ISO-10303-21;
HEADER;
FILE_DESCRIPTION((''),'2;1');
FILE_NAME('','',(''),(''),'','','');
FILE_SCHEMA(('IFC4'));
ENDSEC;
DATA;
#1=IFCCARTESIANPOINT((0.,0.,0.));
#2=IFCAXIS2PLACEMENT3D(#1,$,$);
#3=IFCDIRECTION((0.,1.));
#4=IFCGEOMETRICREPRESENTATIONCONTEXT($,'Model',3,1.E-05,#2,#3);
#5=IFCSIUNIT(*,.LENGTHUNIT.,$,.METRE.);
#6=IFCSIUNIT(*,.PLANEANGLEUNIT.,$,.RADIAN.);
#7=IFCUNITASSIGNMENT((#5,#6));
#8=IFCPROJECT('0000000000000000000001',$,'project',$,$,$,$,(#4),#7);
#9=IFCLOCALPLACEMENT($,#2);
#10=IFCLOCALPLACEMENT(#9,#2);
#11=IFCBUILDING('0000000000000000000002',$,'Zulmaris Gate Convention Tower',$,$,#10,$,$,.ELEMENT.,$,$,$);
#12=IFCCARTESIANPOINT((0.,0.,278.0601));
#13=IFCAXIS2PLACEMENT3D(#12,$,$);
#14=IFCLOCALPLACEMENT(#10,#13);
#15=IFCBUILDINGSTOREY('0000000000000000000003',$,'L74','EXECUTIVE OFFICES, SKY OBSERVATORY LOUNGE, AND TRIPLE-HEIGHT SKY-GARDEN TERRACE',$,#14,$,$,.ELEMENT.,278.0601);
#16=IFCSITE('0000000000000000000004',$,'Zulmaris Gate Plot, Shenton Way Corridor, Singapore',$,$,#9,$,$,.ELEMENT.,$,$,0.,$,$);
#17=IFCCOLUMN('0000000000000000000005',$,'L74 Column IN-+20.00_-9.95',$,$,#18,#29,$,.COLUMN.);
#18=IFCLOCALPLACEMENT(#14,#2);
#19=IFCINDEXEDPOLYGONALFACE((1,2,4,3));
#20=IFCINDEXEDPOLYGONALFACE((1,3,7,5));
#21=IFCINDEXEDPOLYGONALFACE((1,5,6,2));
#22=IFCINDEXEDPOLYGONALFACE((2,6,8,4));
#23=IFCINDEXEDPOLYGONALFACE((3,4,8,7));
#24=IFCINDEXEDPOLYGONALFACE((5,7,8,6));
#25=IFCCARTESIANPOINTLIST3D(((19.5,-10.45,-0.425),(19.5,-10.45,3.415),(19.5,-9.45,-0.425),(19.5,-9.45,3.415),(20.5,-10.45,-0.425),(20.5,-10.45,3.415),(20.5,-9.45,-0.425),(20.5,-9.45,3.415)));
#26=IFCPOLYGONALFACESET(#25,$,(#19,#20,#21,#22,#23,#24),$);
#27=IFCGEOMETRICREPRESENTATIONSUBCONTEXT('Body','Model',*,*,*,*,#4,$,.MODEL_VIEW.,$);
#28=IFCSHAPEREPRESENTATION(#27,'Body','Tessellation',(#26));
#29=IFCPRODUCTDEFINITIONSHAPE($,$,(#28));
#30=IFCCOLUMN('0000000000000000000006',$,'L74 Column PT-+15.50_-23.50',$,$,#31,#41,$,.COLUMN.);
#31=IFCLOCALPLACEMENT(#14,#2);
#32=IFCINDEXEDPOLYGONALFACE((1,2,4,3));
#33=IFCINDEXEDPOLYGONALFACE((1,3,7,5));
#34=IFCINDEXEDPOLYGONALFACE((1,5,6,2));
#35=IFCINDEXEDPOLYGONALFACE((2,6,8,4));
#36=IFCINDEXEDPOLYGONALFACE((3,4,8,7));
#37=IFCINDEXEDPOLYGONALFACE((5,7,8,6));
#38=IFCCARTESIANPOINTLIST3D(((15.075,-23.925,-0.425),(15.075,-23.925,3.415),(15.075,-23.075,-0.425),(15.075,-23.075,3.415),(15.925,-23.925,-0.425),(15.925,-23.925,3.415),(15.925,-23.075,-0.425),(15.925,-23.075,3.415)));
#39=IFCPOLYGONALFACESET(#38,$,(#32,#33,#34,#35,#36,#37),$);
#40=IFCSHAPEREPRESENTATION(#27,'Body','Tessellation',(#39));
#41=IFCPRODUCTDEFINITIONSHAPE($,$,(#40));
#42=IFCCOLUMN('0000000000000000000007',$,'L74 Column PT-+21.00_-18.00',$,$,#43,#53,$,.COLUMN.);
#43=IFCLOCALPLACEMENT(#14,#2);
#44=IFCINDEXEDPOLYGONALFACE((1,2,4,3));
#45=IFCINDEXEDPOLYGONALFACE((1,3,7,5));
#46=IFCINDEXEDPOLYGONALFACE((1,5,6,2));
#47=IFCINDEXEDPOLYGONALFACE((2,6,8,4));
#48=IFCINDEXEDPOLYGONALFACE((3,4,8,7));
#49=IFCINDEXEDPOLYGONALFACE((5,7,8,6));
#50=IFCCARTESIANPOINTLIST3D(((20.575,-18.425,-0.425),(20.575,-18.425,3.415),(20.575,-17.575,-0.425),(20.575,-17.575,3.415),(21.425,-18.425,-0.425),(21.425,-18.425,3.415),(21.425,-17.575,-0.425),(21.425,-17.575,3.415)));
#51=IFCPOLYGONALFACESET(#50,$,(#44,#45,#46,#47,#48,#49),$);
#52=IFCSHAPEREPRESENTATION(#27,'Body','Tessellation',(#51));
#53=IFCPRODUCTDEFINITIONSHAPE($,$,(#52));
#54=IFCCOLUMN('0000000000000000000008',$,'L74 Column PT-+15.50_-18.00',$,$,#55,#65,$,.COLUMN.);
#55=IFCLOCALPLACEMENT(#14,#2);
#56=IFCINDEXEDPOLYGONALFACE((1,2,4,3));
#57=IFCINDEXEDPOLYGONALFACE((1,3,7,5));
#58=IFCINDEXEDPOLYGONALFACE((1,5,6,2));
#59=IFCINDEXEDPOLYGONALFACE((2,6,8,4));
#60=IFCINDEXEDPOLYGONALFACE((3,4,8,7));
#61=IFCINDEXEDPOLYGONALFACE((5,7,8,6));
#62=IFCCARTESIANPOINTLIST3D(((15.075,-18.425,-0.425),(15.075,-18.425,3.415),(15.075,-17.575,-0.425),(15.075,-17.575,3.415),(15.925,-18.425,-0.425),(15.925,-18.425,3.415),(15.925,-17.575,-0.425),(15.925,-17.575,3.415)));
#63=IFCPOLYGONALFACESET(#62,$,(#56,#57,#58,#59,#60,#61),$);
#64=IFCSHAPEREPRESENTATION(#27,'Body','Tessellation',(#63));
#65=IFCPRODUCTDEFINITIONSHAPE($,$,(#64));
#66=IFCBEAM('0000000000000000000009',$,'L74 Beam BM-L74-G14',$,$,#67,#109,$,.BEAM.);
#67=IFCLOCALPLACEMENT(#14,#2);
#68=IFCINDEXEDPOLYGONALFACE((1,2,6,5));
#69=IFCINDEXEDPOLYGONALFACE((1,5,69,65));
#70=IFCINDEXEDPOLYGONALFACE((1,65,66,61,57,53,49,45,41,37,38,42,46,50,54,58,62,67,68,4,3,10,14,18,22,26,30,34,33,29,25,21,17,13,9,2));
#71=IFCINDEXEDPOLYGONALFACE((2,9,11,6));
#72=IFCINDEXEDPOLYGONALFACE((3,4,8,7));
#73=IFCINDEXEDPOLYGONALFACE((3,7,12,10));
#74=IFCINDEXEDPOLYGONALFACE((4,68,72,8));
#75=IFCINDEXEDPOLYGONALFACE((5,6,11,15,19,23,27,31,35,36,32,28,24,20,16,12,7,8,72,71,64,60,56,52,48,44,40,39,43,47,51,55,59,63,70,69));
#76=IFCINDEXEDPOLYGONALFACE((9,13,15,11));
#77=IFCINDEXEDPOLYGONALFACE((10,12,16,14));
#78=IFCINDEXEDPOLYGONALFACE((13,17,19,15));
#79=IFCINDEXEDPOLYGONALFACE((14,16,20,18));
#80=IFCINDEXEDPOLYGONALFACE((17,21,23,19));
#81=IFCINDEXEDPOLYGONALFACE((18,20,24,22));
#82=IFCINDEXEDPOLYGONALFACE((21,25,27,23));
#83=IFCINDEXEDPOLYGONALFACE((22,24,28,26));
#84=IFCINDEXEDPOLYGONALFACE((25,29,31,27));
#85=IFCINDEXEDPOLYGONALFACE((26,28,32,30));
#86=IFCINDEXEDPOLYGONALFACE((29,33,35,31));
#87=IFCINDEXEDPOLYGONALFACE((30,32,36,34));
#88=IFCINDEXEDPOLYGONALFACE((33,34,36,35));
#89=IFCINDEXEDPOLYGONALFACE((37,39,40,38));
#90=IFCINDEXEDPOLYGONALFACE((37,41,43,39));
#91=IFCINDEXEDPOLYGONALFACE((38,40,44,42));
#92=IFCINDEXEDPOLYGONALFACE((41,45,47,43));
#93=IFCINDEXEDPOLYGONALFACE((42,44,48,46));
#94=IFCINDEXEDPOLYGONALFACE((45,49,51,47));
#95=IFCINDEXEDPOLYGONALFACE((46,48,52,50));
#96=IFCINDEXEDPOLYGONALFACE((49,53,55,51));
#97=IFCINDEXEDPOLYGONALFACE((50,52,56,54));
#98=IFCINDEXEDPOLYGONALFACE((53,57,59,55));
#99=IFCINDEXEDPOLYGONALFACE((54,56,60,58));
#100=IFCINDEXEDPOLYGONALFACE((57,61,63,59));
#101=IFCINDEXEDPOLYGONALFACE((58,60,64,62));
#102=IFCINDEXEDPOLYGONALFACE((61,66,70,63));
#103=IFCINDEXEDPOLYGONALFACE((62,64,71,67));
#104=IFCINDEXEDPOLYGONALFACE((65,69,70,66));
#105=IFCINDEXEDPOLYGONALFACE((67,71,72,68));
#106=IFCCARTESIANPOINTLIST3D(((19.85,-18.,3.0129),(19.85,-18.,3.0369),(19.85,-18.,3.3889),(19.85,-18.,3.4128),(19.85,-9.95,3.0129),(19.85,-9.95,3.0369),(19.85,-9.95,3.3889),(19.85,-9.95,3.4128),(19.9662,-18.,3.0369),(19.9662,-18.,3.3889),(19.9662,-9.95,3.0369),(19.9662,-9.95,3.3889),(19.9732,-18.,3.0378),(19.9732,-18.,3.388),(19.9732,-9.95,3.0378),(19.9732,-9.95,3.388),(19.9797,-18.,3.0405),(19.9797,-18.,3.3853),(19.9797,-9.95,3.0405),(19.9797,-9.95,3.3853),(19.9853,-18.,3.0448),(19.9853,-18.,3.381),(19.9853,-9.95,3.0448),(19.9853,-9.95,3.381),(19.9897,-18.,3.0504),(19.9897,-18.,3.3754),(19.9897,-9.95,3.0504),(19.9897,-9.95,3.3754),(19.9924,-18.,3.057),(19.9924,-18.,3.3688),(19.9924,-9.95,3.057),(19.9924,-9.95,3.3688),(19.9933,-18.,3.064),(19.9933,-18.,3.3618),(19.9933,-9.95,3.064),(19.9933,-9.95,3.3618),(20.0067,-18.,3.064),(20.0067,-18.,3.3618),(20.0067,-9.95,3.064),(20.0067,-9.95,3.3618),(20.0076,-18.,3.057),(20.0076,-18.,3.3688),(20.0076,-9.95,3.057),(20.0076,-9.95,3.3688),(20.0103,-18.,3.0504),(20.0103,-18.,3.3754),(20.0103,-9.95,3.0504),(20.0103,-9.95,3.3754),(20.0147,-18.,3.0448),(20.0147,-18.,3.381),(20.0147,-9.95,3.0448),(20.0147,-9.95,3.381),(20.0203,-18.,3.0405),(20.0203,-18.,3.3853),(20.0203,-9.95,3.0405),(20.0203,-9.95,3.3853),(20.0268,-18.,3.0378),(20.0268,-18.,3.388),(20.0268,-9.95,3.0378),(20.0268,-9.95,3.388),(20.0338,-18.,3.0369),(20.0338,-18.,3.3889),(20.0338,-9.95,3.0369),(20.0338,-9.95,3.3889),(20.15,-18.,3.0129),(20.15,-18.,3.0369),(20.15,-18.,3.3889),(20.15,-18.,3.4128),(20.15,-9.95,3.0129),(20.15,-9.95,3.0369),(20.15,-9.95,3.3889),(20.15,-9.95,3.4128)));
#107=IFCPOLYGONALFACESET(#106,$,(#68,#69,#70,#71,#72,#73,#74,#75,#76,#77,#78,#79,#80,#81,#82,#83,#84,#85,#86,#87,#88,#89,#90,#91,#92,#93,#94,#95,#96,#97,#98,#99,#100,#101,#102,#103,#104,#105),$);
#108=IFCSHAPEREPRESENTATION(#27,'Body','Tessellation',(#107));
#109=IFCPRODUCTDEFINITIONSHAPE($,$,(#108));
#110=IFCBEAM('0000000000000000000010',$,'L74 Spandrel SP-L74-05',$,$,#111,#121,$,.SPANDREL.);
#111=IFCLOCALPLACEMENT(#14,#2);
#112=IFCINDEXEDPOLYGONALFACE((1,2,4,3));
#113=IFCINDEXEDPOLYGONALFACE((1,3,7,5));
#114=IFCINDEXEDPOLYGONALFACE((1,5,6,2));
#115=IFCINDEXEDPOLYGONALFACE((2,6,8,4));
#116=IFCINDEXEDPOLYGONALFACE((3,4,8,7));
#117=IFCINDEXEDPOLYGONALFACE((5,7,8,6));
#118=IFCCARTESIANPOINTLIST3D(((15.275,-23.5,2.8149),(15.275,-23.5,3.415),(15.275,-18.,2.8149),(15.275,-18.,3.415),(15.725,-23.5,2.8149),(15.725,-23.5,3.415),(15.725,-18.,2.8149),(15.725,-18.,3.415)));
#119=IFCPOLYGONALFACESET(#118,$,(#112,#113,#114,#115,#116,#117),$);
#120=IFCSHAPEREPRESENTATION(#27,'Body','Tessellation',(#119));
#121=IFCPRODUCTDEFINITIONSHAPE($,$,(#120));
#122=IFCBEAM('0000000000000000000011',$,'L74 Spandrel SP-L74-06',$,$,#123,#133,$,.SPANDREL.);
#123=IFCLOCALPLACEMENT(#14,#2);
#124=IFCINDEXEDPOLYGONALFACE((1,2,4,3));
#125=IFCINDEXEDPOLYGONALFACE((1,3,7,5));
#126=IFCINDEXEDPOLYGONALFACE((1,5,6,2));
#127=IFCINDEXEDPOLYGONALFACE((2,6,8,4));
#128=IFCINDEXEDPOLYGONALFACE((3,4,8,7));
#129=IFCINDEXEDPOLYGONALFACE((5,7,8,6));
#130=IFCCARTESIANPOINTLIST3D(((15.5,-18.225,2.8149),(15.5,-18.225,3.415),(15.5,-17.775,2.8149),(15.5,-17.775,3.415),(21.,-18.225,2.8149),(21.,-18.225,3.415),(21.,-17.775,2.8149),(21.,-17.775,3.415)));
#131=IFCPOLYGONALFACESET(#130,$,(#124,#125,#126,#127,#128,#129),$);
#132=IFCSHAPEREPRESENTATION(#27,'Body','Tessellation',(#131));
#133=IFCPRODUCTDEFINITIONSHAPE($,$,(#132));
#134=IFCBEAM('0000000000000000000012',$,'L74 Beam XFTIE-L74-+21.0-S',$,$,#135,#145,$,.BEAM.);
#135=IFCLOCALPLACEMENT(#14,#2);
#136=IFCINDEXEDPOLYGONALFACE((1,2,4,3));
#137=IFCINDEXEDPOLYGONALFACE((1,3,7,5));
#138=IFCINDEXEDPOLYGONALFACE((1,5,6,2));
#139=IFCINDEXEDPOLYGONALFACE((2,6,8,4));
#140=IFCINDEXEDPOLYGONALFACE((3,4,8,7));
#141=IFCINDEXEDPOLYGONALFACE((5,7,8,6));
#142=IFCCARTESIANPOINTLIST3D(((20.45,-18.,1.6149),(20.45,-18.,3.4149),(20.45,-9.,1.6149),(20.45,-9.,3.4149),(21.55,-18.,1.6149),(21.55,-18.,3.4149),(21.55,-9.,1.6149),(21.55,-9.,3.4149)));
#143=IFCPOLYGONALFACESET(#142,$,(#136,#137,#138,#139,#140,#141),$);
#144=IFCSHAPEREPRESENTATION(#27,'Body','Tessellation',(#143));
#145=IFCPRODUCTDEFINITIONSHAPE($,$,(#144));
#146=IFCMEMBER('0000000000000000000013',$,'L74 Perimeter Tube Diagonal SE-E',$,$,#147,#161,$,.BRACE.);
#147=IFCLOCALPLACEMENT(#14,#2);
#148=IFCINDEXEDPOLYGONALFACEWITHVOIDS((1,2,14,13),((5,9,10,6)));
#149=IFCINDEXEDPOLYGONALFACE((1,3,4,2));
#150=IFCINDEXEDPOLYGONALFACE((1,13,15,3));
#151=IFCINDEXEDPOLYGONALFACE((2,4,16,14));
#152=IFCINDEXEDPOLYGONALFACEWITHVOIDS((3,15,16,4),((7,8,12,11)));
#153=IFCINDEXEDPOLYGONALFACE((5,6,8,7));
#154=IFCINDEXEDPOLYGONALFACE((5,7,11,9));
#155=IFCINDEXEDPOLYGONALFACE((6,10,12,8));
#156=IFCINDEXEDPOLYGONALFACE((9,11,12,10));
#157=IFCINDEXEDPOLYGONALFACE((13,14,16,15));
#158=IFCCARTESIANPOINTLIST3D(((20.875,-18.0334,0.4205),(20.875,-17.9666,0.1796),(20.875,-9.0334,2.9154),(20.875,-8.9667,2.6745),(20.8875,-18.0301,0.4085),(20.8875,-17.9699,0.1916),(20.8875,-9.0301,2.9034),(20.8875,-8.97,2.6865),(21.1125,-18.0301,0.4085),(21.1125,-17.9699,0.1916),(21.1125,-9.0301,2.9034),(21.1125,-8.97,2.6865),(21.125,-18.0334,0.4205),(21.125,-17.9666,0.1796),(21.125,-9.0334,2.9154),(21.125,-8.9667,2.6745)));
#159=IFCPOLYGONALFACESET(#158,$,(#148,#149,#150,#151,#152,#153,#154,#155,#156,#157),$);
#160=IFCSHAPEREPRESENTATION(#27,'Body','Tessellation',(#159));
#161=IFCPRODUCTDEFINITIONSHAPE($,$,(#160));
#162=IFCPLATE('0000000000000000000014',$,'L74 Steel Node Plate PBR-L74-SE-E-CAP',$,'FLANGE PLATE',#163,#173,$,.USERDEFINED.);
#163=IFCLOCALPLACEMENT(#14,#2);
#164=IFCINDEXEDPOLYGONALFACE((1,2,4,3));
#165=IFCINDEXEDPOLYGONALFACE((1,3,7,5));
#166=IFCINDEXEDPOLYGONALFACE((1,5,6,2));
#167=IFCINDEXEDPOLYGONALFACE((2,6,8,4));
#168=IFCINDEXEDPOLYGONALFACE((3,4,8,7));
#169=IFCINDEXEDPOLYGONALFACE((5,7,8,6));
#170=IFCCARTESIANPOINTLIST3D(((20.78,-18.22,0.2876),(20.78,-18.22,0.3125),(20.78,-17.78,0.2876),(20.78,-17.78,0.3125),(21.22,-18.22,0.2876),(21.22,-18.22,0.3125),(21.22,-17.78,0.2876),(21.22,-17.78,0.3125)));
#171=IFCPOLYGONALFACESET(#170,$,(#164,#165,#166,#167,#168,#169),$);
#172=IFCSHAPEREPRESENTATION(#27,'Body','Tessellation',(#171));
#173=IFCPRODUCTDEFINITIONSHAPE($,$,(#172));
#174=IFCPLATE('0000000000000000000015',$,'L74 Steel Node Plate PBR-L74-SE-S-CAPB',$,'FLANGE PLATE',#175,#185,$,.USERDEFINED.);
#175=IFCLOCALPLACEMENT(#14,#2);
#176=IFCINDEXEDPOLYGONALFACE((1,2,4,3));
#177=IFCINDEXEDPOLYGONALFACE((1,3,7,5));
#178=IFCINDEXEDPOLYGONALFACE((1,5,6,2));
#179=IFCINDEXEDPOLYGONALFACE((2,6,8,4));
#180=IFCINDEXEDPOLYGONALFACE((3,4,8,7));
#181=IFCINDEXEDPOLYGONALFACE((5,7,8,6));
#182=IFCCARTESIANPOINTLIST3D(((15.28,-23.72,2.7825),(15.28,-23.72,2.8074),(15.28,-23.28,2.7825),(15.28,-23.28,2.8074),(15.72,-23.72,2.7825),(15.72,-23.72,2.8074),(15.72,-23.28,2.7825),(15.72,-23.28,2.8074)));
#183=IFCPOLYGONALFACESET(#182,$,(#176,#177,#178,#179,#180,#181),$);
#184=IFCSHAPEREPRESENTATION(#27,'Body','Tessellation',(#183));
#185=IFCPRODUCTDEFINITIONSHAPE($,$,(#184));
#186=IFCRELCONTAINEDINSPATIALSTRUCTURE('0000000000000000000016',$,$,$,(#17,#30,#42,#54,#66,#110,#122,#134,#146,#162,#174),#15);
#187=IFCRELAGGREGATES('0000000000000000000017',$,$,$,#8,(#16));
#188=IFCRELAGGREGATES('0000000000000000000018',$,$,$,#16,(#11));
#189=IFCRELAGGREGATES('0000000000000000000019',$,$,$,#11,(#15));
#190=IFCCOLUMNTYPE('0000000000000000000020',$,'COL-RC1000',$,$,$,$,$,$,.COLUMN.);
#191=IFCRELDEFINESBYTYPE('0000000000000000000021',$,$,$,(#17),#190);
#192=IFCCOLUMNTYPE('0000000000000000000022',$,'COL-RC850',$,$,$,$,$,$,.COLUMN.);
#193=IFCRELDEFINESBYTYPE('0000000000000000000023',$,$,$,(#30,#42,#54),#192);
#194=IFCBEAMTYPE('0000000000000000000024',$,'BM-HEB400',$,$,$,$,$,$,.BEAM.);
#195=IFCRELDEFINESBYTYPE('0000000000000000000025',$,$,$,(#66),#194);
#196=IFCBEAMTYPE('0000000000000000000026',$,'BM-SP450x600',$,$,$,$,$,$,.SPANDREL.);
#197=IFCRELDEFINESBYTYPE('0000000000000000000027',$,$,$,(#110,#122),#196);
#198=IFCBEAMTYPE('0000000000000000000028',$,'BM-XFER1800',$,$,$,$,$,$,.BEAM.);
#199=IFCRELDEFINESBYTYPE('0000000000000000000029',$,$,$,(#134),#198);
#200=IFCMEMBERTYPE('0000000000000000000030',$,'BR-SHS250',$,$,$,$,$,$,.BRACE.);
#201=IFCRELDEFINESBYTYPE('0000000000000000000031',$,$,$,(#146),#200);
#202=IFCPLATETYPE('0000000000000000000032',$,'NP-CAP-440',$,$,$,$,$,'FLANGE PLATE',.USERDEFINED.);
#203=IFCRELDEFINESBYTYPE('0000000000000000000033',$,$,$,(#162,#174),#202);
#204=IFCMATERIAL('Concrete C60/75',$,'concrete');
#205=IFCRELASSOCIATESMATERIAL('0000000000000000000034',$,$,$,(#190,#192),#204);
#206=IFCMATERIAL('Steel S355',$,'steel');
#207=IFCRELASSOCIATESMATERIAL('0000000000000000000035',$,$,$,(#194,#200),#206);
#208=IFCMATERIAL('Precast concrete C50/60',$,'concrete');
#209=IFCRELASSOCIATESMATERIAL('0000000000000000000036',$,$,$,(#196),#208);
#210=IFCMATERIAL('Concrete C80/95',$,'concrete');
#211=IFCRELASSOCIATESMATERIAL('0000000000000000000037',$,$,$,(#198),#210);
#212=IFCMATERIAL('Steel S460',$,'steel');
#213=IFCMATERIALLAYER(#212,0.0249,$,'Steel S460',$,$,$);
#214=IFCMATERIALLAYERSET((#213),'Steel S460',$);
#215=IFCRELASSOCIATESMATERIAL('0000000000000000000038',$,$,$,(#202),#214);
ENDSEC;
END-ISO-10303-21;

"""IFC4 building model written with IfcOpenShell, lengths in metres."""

from ifc_helpers import new_model, si_unit, direction, frame, origin, origin_2d, place, context, subcontext, project, spatial, rectangle, hollow_rectangle, i_section, extrude, material, layer, layer_set, material_profile, profile_set, type_object, element, save


model = new_model("IFC4")

# Units and contexts
model_context = context("Model", 3, precision=1e-05, world=origin(), true_north=direction((0.0, 1.0)))
body_context = subcontext(model_context, "Body", "Model", "MODEL_VIEW")
ifc_project = project(units=[si_unit("LENGTHUNIT", "METRE"), si_unit("PLANEANGLEUNIT", "RADIAN")], contexts=[model_context])

# Site, building, storey
site_placement = place(None, origin())
site = spatial("IfcSite", under=ifc_project, at=site_placement, Name="Zulmaris Gate Plot, Shenton Way Corridor, Singapore", CompositionType="ELEMENT", RefElevation=0.0)
building_placement = place(site_placement, origin())
building = spatial("IfcBuilding", under=site, at=building_placement, Name="Zulmaris Gate Convention Tower", CompositionType="ELEMENT")
storey_placement = place(building_placement, frame((0.0, 0.0, 278.0601)))
storey = spatial("IfcBuildingStorey", under=building, at=storey_placement, Name="L74", Description="EXECUTIVE OFFICES, SKY OBSERVATORY LOUNGE, AND TRIPLE-HEIGHT SKY-GARDEN TERRACE", CompositionType="ELEMENT", Elevation=278.0601)

# Columns
ifc_material_1 = material(Name="Concrete C60/75", Category="concrete")
ifc_material_profile_1 = material_profile(ifc_material_1, rectangle(XDim=1.0, YDim=1.0, at=origin_2d()), Name="RC COL 1000x1000")
ifc_profile_set_1 = profile_set([ifc_material_profile_1], Name="Concrete C60/75")
column_type_1 = type_object("IfcColumnType", Name="COL-RC1000", PredefinedType="COLUMN", material=ifc_profile_set_1)
column_placement = place(storey_placement, frame((20.0, -9.95, -0.425), z_axis=(0.0, 0.0, 1.0), x_axis=(1.0, 0.0, 0.0)))
element("IfcColumn", 1, at=column_placement, inside=storey, type_object=column_type_1, Name="L74 Column IN-+20.00_-9.95", PredefinedType="COLUMN", context=body_context, shape_type="SweptSolid", body=[
    extrude(rectangle(XDim=1.0, YDim=1.0, at=origin_2d()), origin(), (0.0, 0.0, 1.0), 3.8401),
])
ifc_material_profile_2 = material_profile(ifc_material_1, rectangle(XDim=0.8501, YDim=0.8501, at=origin_2d()), Name="RC COL 850x850")
ifc_profile_set_2 = profile_set([ifc_material_profile_2], Name="Concrete C60/75")
column_type_2 = type_object("IfcColumnType", Name="COL-RC850", PredefinedType="COLUMN", material=ifc_profile_set_2)
for number, where, z_axis, x_axis, name in (
    (2, (15.5, -23.5, -0.425), (0.0, 0.0, 1.0), (1.0, 0.0, 0.0), "L74 Column PT-+15.50_-23.50"),
    (3, (21.0, -18.0, -0.425), (0.0, 0.0, 1.0), (1.0, 0.0, 0.0), "L74 Column PT-+21.00_-18.00"),
    (4, (15.5, -18.0, -0.425), (0.0, 0.0, 1.0), (1.0, 0.0, 0.0), "L74 Column PT-+15.50_-18.00"),
):
    element("IfcColumn", number, at=place(storey_placement, frame(where, z_axis=z_axis, x_axis=x_axis)), inside=storey, type_object=column_type_2, Name=name, PredefinedType="COLUMN", context=body_context, shape_type="SweptSolid", body=[
        extrude(rectangle(XDim=0.8501, YDim=0.8501, at=origin_2d()), origin(), (0.0, 0.0, 1.0), 3.8401),
    ])

# Beams
ifc_material_2 = material(Name="Steel S355", Category="steel")
ifc_material_profile_3 = material_profile(ifc_material_2, i_section(OverallWidth=0.3, OverallDepth=0.3999, WebThickness=0.0134, FlangeThickness=0.0239, FilletRadius=0.0271, at=origin_2d()), Name="HEB 400")
ifc_profile_set_3 = profile_set([ifc_material_profile_3], Name="Steel S355")
beam_type_1 = type_object("IfcBeamType", Name="BM-HEB400", PredefinedType="BEAM", material=ifc_profile_set_3)
beam_1_placement = place(storey_placement, frame((20.0, -18.0, 3.2129), z_axis=(0.0, 1.0, 0.0), x_axis=(-1.0, 0.0, 0.0)))
element("IfcBeam", 5, at=beam_1_placement, inside=storey, type_object=beam_type_1, Name="L74 Beam BM-L74-G14", PredefinedType="BEAM", context=body_context, shape_type="SweptSolid", body=[
    extrude(i_section(OverallWidth=0.3, OverallDepth=0.3999, WebThickness=0.0134, FlangeThickness=0.0239, FilletRadius=0.0271, at=origin_2d()), origin(), (0.0, 0.0, 1.0), 8.05),
])
ifc_material_3 = material(Name="Precast concrete C50/60", Category="concrete")
ifc_material_profile_4 = material_profile(ifc_material_3, rectangle(XDim=0.45, YDim=0.6001, at=origin_2d()), Name="RC SPANDREL 450x600")
ifc_profile_set_4 = profile_set([ifc_material_profile_4], Name="Precast concrete C50/60")
beam_type_2 = type_object("IfcBeamType", Name="BM-SP450x600", PredefinedType="SPANDREL", material=ifc_profile_set_4)
for number, where, z_axis, x_axis, name in (
    (6, (15.5, -23.5, 3.115), (0.0, 1.0, 0.0), (-1.0, 0.0, 0.0), "L74 Spandrel SP-L74-05"),
    (7, (15.5, -18.0, 3.115), (1.0, 0.0, 0.0), (0.0, 1.0, 0.0), "L74 Spandrel SP-L74-06"),
):
    element("IfcBeam", number, at=place(storey_placement, frame(where, z_axis=z_axis, x_axis=x_axis)), inside=storey, type_object=beam_type_2, Name=name, PredefinedType="SPANDREL", context=body_context, shape_type="SweptSolid", body=[
        extrude(rectangle(XDim=0.45, YDim=0.6001, at=origin_2d()), origin(), (0.0, 0.0, 1.0), 5.5),
    ])
ifc_material_4 = material(Name="Concrete C80/95", Category="concrete")
ifc_material_profile_5 = material_profile(ifc_material_4, rectangle(XDim=1.1001, YDim=1.8, at=origin_2d()), Name="RC TRANSFER 1100x1800")
ifc_profile_set_5 = profile_set([ifc_material_profile_5], Name="Concrete C80/95")
beam_type_3 = type_object("IfcBeamType", Name="BM-XFER1800", PredefinedType="BEAM", material=ifc_profile_set_5)
beam_2_placement = place(storey_placement, frame((21.0, -18.0, 2.5149), z_axis=(0.0, 1.0, 0.0), x_axis=(-1.0, 0.0, 0.0)))
element("IfcBeam", 8, at=beam_2_placement, inside=storey, type_object=beam_type_3, Name="L74 Beam XFTIE-L74-+21.0-S", PredefinedType="BEAM", context=body_context, shape_type="SweptSolid", body=[
    extrude(rectangle(XDim=1.1001, YDim=1.8, at=origin_2d()), origin(), (0.0, 0.0, 1.0), 9.0),
])

# Member
ifc_material_profile_6 = material_profile(ifc_material_2, hollow_rectangle(XDim=0.25, YDim=0.25, WallThickness=0.0125, at=origin_2d()), Name="SHS 250x250x12.5")
ifc_profile_set_6 = profile_set([ifc_material_profile_6], Name="Steel S355")
member_type = type_object("IfcMemberType", Name="BR-SHS250", PredefinedType="BRACE", material=ifc_profile_set_6)
member_placement = place(storey_placement, frame((21.0, -18.0, 0.3), z_axis=(0.0, 0.963659, 0.267134), x_axis=(-1.0, 0.0, 0.0)))
element("IfcMember", 9, at=member_placement, inside=storey, type_object=member_type, Name="L74 Perimeter Tube Diagonal SE-E", PredefinedType="BRACE", context=body_context, shape_type="SweptSolid", body=[
    extrude(hollow_rectangle(XDim=0.25, YDim=0.25, WallThickness=0.0125, at=origin_2d()), origin(), (0.0, 0.0, 1.0), 9.3394),
])

# Plates
ifc_material_5 = material(Name="Steel S460", Category="steel")
ifc_layer_1 = layer(ifc_material_5, 0.0249, Name="Steel S460")
ifc_layer_set_1 = layer_set([ifc_layer_1], Name="Steel S460")
plate_type = type_object("IfcPlateType", Name="NP-CAP-440", ElementType="FLANGE PLATE", PredefinedType="USERDEFINED", material=ifc_layer_set_1)
for number, where, z_axis, x_axis, name in (
    (10, (21.0, -18.0, 0.2876), (0.0, 0.0, 1.0), (1.0, 0.0, 0.0), "L74 Steel Node Plate PBR-L74-SE-E-CAP"),
    (11, (15.5, -23.5, 2.7825), (0.0, 0.0, 1.0), (1.0, 0.0, 0.0), "L74 Steel Node Plate PBR-L74-SE-S-CAPB"),
):
    element("IfcPlate", number, at=place(storey_placement, frame(where, z_axis=z_axis, x_axis=x_axis)), inside=storey, type_object=plate_type, Name=name, ObjectType="FLANGE PLATE", PredefinedType="USERDEFINED", context=body_context, shape_type="SweptSolid", body=[
        extrude(rectangle(XDim=0.4399, YDim=0.4399, at=origin_2d()), origin(), (0.0, 0.0, 1.0), 0.0249),
    ])

save(model, "model.ifc")
